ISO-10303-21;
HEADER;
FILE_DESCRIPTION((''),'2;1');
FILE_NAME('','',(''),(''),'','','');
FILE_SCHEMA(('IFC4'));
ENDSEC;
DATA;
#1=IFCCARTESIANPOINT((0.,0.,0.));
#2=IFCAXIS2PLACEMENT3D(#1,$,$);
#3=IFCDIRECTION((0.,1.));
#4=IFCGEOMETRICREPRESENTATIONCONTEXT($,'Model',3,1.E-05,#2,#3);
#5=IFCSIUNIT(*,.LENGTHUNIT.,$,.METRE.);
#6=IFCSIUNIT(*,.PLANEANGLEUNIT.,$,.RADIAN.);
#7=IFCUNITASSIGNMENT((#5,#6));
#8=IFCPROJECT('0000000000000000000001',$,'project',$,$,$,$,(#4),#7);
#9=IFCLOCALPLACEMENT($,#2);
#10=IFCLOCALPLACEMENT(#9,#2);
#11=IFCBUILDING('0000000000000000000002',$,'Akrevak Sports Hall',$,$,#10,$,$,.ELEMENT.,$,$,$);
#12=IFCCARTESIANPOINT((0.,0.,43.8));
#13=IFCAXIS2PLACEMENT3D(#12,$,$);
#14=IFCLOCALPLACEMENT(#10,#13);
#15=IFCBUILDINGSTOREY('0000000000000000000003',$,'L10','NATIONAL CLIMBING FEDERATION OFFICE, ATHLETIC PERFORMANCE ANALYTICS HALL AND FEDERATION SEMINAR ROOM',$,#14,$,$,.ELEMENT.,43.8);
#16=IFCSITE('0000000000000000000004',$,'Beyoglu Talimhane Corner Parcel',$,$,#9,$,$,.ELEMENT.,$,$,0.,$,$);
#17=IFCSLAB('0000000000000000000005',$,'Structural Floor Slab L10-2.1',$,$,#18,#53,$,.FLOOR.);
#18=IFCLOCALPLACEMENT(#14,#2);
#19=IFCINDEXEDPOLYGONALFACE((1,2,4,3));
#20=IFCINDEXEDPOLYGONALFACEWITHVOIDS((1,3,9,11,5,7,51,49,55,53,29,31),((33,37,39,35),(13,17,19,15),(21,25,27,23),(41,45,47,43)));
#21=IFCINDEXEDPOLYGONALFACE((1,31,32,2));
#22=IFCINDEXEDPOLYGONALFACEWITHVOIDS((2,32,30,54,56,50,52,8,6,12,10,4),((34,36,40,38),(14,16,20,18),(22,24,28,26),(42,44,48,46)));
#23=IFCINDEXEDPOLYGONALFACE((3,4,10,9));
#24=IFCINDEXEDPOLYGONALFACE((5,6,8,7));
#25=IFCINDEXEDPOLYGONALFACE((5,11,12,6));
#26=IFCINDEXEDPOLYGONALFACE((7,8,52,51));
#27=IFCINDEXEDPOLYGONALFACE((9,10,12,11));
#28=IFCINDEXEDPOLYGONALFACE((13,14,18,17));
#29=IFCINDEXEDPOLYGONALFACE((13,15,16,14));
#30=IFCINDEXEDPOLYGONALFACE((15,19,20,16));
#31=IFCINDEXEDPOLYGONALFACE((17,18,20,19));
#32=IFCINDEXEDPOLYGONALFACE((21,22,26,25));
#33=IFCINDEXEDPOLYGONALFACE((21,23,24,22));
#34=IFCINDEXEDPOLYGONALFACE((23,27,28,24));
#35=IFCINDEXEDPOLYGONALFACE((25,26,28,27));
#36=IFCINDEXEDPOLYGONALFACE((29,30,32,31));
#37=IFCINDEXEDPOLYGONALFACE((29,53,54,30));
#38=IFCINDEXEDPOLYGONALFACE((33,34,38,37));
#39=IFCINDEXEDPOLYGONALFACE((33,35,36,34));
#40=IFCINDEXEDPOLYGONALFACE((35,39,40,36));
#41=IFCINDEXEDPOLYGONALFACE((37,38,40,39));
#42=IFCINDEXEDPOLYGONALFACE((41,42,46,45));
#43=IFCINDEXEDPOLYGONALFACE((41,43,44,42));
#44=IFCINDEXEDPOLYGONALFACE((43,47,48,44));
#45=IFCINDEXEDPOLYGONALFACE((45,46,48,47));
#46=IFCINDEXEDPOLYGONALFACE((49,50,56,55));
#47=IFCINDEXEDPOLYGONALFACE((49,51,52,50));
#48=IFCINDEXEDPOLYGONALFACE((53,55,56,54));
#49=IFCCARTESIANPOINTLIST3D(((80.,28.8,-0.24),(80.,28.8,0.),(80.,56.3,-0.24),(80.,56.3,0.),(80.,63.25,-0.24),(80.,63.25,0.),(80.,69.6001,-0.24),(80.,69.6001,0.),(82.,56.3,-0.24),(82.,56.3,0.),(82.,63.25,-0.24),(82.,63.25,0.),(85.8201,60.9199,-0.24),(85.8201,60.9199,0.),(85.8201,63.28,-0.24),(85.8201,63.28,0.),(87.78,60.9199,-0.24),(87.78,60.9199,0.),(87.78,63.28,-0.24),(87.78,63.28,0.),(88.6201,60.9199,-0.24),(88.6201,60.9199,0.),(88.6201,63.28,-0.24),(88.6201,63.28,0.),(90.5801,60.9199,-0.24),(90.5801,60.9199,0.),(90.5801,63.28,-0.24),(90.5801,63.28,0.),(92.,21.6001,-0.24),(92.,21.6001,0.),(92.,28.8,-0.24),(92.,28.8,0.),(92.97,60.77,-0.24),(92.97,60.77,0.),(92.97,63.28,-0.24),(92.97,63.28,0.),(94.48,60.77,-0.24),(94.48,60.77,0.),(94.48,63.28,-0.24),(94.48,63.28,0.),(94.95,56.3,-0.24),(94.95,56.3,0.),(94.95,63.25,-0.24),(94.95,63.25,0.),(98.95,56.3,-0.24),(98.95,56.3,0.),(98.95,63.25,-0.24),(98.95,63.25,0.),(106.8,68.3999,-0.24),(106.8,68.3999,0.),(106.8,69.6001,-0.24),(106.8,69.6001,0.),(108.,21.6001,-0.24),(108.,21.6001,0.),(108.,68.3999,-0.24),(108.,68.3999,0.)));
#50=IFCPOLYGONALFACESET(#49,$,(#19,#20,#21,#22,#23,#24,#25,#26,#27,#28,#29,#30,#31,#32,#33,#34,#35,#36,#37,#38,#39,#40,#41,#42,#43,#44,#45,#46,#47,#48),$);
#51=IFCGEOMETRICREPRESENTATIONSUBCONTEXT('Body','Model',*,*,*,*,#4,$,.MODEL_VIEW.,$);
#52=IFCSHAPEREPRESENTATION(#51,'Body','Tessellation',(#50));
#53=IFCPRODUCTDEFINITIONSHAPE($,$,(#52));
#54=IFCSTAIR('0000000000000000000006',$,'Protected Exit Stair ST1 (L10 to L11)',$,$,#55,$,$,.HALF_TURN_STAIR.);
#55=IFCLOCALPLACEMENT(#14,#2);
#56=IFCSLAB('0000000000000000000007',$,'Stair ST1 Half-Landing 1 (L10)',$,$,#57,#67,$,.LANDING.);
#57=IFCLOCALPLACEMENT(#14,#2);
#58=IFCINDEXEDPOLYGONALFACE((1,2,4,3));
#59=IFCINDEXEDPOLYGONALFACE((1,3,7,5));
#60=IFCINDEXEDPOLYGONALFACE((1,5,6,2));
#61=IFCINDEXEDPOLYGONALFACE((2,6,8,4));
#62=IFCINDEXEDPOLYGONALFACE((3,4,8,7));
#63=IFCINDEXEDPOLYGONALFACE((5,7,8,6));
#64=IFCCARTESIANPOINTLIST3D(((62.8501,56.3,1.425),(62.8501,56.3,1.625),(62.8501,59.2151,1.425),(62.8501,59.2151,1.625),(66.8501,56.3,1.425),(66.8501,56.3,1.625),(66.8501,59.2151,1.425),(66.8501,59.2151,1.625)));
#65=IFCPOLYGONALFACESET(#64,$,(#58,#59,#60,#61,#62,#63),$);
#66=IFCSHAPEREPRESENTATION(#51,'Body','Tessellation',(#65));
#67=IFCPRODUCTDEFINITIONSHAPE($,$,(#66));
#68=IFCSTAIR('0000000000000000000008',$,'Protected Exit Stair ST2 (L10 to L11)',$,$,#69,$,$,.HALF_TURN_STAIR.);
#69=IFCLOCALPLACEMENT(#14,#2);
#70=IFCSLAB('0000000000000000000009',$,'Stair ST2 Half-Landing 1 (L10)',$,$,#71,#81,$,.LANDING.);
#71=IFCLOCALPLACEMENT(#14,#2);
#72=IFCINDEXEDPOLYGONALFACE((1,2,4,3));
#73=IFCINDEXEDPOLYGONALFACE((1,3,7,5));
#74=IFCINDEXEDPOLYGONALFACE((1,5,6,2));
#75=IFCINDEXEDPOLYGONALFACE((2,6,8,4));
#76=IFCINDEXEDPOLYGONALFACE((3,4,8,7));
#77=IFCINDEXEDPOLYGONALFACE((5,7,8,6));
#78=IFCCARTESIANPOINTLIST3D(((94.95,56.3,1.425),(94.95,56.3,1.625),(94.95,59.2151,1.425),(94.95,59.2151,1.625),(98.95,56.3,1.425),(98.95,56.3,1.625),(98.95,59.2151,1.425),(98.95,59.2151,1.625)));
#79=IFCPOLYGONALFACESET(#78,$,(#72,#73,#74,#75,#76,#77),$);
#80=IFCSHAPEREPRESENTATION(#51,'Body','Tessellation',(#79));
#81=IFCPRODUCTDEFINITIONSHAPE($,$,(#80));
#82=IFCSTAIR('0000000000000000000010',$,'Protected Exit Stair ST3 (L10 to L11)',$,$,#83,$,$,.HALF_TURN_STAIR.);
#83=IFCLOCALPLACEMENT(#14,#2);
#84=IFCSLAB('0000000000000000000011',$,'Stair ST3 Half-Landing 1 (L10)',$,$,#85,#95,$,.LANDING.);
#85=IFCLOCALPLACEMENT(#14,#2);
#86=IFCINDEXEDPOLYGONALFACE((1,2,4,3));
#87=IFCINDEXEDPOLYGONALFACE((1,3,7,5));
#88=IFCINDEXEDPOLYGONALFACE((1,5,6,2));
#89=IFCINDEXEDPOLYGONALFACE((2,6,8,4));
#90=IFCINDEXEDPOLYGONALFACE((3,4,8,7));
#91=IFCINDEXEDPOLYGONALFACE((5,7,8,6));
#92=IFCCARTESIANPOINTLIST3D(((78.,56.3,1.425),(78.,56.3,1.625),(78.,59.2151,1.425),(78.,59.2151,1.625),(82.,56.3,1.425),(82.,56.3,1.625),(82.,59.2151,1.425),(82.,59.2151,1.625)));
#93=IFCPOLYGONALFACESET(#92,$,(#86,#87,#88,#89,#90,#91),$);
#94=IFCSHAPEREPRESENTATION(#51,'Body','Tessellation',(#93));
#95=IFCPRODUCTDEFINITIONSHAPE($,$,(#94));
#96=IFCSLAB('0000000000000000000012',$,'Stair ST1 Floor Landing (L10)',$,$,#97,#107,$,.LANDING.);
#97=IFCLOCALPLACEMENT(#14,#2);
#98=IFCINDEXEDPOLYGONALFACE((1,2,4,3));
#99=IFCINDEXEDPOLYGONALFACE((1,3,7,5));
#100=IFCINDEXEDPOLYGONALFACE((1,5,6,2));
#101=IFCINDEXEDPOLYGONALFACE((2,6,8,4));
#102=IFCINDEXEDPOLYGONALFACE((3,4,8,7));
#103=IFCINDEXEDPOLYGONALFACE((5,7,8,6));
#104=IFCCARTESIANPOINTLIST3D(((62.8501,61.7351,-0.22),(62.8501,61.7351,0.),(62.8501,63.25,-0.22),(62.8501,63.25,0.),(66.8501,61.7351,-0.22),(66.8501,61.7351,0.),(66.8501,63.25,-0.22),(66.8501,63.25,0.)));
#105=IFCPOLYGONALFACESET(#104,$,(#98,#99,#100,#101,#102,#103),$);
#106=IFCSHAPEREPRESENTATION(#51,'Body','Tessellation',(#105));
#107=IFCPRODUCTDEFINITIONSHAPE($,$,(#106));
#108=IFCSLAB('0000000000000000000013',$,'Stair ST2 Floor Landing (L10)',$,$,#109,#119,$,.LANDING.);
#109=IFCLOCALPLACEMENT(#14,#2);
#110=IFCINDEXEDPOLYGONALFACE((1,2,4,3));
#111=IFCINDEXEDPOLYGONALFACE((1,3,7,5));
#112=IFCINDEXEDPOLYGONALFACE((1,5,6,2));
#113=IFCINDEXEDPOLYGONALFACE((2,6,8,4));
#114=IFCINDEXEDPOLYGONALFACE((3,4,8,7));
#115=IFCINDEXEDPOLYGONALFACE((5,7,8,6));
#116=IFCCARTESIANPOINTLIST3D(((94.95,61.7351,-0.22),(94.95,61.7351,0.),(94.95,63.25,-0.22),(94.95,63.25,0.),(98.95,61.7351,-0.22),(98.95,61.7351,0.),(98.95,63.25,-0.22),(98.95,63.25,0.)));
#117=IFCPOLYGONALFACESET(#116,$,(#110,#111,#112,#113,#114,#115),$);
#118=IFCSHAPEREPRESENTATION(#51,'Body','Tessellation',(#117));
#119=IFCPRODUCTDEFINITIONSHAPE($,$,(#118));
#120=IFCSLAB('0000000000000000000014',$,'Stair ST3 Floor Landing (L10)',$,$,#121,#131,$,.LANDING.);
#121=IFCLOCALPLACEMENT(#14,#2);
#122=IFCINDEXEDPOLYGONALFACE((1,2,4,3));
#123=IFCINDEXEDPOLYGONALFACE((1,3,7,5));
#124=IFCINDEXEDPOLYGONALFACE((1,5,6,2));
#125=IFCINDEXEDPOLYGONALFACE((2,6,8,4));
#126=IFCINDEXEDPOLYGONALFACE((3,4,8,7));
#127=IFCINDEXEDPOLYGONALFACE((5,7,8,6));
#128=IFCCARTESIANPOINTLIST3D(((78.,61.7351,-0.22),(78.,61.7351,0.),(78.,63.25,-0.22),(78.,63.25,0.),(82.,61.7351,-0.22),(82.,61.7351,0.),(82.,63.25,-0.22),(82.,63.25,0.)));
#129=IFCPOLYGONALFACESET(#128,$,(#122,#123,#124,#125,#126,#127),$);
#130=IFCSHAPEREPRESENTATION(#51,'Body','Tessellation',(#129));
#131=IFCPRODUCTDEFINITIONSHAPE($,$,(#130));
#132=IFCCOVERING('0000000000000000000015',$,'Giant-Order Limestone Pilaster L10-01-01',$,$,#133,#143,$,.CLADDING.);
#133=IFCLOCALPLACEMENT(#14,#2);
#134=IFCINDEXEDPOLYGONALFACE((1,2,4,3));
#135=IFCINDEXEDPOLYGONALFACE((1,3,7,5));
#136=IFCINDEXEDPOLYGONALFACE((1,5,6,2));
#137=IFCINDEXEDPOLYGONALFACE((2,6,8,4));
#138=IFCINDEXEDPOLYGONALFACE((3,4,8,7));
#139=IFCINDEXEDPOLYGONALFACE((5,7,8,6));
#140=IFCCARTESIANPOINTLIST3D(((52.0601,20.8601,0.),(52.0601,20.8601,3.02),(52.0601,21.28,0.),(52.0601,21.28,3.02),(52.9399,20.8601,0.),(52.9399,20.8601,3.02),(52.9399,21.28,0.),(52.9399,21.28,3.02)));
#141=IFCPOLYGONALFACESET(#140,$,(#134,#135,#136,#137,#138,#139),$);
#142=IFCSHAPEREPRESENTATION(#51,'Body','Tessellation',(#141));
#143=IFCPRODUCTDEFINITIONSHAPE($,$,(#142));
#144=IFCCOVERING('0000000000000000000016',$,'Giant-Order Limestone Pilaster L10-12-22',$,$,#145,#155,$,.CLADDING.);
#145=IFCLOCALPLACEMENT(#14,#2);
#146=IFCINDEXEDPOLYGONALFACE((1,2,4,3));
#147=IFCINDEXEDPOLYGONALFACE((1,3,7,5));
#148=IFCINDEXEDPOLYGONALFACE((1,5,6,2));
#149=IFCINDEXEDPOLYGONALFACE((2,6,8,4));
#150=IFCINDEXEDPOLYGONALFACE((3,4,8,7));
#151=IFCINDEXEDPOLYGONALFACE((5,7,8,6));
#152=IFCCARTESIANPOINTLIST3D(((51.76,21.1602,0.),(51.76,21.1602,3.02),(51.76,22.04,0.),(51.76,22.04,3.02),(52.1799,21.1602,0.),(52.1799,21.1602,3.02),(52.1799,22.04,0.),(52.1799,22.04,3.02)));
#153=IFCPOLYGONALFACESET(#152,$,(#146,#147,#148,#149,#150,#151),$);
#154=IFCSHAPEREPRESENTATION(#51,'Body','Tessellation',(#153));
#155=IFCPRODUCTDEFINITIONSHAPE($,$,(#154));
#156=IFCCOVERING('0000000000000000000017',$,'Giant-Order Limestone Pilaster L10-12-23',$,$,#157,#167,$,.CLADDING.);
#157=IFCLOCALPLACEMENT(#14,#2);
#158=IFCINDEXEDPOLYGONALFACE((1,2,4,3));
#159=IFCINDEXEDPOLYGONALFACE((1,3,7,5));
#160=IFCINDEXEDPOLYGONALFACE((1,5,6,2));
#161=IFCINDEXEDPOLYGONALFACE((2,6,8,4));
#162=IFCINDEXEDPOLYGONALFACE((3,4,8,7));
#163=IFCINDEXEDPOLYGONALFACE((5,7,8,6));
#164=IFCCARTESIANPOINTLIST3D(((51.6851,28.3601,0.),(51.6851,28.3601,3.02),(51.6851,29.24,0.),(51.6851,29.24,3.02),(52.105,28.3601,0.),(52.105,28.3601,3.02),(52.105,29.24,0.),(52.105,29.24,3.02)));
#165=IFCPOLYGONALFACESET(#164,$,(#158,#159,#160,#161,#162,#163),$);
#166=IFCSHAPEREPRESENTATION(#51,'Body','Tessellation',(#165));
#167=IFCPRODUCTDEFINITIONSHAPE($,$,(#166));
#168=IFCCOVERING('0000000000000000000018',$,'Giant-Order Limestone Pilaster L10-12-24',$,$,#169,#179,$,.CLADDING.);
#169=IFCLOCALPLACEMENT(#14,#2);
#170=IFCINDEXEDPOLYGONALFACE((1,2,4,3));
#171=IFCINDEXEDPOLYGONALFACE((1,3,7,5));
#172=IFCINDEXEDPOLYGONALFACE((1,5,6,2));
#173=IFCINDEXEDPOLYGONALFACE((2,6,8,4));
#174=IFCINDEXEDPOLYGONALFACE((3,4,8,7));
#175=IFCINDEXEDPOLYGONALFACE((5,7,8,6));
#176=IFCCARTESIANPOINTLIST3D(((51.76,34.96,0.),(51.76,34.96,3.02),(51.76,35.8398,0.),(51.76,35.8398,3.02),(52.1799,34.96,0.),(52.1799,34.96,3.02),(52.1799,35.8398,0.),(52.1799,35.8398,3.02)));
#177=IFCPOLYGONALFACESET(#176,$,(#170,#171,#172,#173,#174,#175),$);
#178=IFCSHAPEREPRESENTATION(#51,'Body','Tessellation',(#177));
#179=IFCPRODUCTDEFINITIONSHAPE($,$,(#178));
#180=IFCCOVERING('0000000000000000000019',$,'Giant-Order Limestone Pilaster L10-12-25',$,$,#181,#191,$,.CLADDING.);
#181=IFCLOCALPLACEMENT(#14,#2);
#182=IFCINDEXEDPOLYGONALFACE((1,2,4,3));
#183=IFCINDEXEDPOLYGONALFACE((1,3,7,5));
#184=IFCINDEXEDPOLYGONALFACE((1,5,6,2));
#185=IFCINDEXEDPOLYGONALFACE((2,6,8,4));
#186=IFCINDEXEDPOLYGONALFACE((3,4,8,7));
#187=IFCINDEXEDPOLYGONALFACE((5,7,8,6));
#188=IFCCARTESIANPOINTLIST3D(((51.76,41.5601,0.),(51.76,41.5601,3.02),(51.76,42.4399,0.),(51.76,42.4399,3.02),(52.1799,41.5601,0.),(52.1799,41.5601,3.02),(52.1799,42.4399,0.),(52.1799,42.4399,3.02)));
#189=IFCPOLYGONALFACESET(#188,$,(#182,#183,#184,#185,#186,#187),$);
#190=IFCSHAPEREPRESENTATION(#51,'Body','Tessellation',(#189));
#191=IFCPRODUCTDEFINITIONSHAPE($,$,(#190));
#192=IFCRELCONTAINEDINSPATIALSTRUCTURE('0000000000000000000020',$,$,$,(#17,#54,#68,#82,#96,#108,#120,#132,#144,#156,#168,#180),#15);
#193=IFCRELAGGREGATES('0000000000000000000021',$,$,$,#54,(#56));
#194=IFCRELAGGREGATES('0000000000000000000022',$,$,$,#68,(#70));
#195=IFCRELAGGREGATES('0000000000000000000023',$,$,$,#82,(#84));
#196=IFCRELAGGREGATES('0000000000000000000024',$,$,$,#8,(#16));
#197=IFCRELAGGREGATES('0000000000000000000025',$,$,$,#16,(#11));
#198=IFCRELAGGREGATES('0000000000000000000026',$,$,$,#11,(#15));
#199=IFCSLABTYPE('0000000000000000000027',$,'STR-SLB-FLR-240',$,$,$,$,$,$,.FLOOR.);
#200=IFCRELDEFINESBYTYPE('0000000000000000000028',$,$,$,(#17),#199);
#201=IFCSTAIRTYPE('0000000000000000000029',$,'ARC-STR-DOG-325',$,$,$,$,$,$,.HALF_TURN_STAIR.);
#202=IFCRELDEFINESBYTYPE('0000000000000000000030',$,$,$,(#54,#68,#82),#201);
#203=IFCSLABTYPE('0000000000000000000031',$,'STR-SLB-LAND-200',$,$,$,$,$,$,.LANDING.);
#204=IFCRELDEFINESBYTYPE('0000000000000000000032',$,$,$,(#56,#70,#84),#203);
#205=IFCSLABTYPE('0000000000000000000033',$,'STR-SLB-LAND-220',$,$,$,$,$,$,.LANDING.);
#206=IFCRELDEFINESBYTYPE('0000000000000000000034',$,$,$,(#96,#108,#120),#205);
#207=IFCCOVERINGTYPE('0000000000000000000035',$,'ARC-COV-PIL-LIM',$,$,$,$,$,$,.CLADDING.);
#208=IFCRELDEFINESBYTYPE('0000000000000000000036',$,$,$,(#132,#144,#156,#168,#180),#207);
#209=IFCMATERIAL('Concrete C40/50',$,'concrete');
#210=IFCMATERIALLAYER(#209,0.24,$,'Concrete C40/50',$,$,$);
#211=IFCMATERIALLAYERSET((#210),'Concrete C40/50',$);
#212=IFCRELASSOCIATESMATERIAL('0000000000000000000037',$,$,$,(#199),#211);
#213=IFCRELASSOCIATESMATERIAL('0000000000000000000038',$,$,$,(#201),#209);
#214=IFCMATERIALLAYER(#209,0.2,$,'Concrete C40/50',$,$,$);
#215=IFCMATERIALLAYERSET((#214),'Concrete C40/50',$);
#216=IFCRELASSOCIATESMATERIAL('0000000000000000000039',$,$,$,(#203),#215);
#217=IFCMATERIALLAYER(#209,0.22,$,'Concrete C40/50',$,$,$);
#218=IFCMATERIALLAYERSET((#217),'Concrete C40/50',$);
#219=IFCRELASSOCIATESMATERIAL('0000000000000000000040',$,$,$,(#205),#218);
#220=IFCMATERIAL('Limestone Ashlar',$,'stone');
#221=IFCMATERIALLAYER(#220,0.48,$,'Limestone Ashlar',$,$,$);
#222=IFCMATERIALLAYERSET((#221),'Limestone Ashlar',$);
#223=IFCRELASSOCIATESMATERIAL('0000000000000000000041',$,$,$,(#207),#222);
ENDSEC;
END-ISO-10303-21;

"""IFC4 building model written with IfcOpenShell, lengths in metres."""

from ifc_helpers import new_model, si_unit, direction, frame, origin, origin_2d, place, context, subcontext, project, spatial, polyline, rectangle, outline, extrude, material, layer, layer_set, type_object, element, aggregate, save


model = new_model("IFC4")

# Units and contexts
model_context = context("Model", 3, precision=1e-05, world=origin(), true_north=direction((0.0, 1.0)))
body_context = subcontext(model_context, "Body", "Model", "MODEL_VIEW")
ifc_project = project(units=[si_unit("LENGTHUNIT", "METRE"), si_unit("PLANEANGLEUNIT", "RADIAN")], contexts=[model_context])

# Site, building, storey
site_placement = place(None, origin())
site = spatial("IfcSite", under=ifc_project, at=site_placement, Name="Beyoglu Talimhane Corner Parcel", CompositionType="ELEMENT", RefElevation=0.0)
building_placement = place(site_placement, origin())
building = spatial("IfcBuilding", under=site, at=building_placement, Name="Akrevak Sports Hall", CompositionType="ELEMENT")
storey_placement = place(building_placement, frame((0.0, 0.0, 43.8)))
storey = spatial("IfcBuildingStorey", under=building, at=storey_placement, Name="L10", Description="NATIONAL CLIMBING FEDERATION OFFICE, ATHLETIC PERFORMANCE ANALYTICS HALL AND FEDERATION SEMINAR ROOM", CompositionType="ELEMENT", Elevation=43.8)

# Shared definitions
ifc_material_1 = material(Name="Concrete C40/50", Category="concrete")

# Slab
ifc_layer_1 = layer(ifc_material_1, 0.24, Name="Concrete C40/50")
ifc_layer_set_1 = layer_set([ifc_layer_1], Name="Concrete C40/50")
slab_type_1 = type_object("IfcSlabType", Name="STR-SLB-FLR-240", PredefinedType="FLOOR", material=ifc_layer_set_1)
slab_1_placement = place(storey_placement, frame((0.0, 0.0, -0.24)))
element("IfcSlab", 1, at=slab_1_placement, inside=storey, type_object=slab_type_1, Name="Structural Floor Slab L10-2.1", PredefinedType="FLOOR", context=body_context, shape_type="SweptSolid", body=[
    extrude(outline(polyline([(80.0, 69.6001), (80.0, 63.25), (82.0, 63.25), (82.0, 56.3), (80.0, 56.3), (80.0, 28.8), (92.0, 28.8), (92.0, 21.6001), (108.0, 21.6001), (108.0, 68.3999), (106.8, 68.3999), (106.8, 69.6001), (80.0, 69.6001)]), holes=[polyline([(94.95, 63.25), (98.95, 63.25), (98.95, 56.3), (94.95, 56.3), (94.95, 63.25)]), polyline([(92.97, 63.28), (94.48, 63.28), (94.48, 60.77), (92.97, 60.77), (92.97, 63.28)]), polyline([(87.78, 63.28), (87.78, 60.9199), (85.8201, 60.9199), (85.8201, 63.28), (87.78, 63.28)]), polyline([(90.5801, 63.28), (90.5801, 60.9199), (88.6201, 60.9199), (88.6201, 63.28), (90.5801, 63.28)])]), origin(), (0.0, 0.0, 1.0), 0.24),
])

# Stairs, slabs
stair_type = type_object("IfcStairType", Name="ARC-STR-DOG-325", PredefinedType="HALF_TURN_STAIR", material=ifc_material_1)
stair_1_placement = place(storey_placement, origin())
stair_1 = element("IfcStair", 2, at=stair_1_placement, inside=storey, type_object=stair_type, Name="Protected Exit Stair ST1 (L10 to L11)", PredefinedType="HALF_TURN_STAIR")
ifc_layer_2 = layer(ifc_material_1, 0.2, Name="Concrete C40/50")
ifc_layer_set_2 = layer_set([ifc_layer_2], Name="Concrete C40/50")
slab_type_2 = type_object("IfcSlabType", Name="STR-SLB-LAND-200", PredefinedType="LANDING", material=ifc_layer_set_2)
slab_2_placement = place(storey_placement, frame((0.0, 0.0, 1.425)))
slab_2 = element("IfcSlab", 3, at=slab_2_placement, type_object=slab_type_2, Name="Stair ST1 Half-Landing 1 (L10)", PredefinedType="LANDING", context=body_context, shape_type="SweptSolid", body=[
    extrude(outline(polyline([(62.8501, 56.3), (66.8501, 56.3), (66.8501, 59.2151), (62.8501, 59.2151), (62.8501, 56.3)])), origin(), (0.0, 0.0, 1.0), 0.2),
])
aggregate(stair_1, [slab_2])
stair_2_placement = place(storey_placement, origin())
stair_2 = element("IfcStair", 4, at=stair_2_placement, inside=storey, type_object=stair_type, Name="Protected Exit Stair ST2 (L10 to L11)", PredefinedType="HALF_TURN_STAIR")
slab_3_placement = place(storey_placement, frame((0.0, 0.0, 1.425)))
slab_3 = element("IfcSlab", 5, at=slab_3_placement, type_object=slab_type_2, Name="Stair ST2 Half-Landing 1 (L10)", PredefinedType="LANDING", context=body_context, shape_type="SweptSolid", body=[
    extrude(outline(polyline([(94.95, 56.3), (98.95, 56.3), (98.95, 59.2151), (94.95, 59.2151), (94.95, 56.3)])), origin(), (0.0, 0.0, 1.0), 0.2),
])
aggregate(stair_2, [slab_3])
stair_3_placement = place(storey_placement, origin())
stair_3 = element("IfcStair", 6, at=stair_3_placement, inside=storey, type_object=stair_type, Name="Protected Exit Stair ST3 (L10 to L11)", PredefinedType="HALF_TURN_STAIR")
slab_4_placement = place(storey_placement, frame((0.0, 0.0, 1.425)))
slab_4 = element("IfcSlab", 7, at=slab_4_placement, type_object=slab_type_2, Name="Stair ST3 Half-Landing 1 (L10)", PredefinedType="LANDING", context=body_context, shape_type="SweptSolid", body=[
    extrude(outline(polyline([(78.0, 56.3), (82.0, 56.3), (82.0, 59.2151), (78.0, 59.2151), (78.0, 56.3)])), origin(), (0.0, 0.0, 1.0), 0.2),
])
aggregate(stair_3, [slab_4])

# Slabs
ifc_layer_3 = layer(ifc_material_1, 0.22, Name="Concrete C40/50")
ifc_layer_set_3 = layer_set([ifc_layer_3], Name="Concrete C40/50")
slab_type_3 = type_object("IfcSlabType", Name="STR-SLB-LAND-220", PredefinedType="LANDING", material=ifc_layer_set_3)
slab_5_placement = place(storey_placement, frame((0.0, 0.0, -0.22)))
element("IfcSlab", 8, at=slab_5_placement, inside=storey, type_object=slab_type_3, Name="Stair ST1 Floor Landing (L10)", PredefinedType="LANDING", context=body_context, shape_type="SweptSolid", body=[
    extrude(outline(polyline([(62.8501, 61.7351), (66.8501, 61.7351), (66.8501, 63.25), (62.8501, 63.25), (62.8501, 61.7351)])), origin(), (0.0, 0.0, 1.0), 0.22),
])
slab_6_placement = place(storey_placement, frame((0.0, 0.0, -0.22)))
element("IfcSlab", 9, at=slab_6_placement, inside=storey, type_object=slab_type_3, Name="Stair ST2 Floor Landing (L10)", PredefinedType="LANDING", context=body_context, shape_type="SweptSolid", body=[
    extrude(outline(polyline([(94.95, 61.7351), (98.95, 61.7351), (98.95, 63.25), (94.95, 63.25), (94.95, 61.7351)])), origin(), (0.0, 0.0, 1.0), 0.22),
])
slab_7_placement = place(storey_placement, frame((0.0, 0.0, -0.22)))
element("IfcSlab", 10, at=slab_7_placement, inside=storey, type_object=slab_type_3, Name="Stair ST3 Floor Landing (L10)", PredefinedType="LANDING", context=body_context, shape_type="SweptSolid", body=[
    extrude(outline(polyline([(78.0, 61.7351), (82.0, 61.7351), (82.0, 63.25), (78.0, 63.25), (78.0, 61.7351)])), origin(), (0.0, 0.0, 1.0), 0.22),
])

# Coverings
ifc_material_2 = material(Name="Limestone Ashlar", Category="stone")
ifc_layer_4 = layer(ifc_material_2, 0.48, Name="Limestone Ashlar")
ifc_layer_set_4 = layer_set([ifc_layer_4], Name="Limestone Ashlar")
covering_type = type_object("IfcCoveringType", Name="ARC-COV-PIL-LIM", PredefinedType="CLADDING", material=ifc_layer_set_4)
for number, where, z_axis, x_axis, name in (
    (11, (52.5, 21.0701, 0.0), (0.0, 0.0, 1.0), (1.0, 0.0, 0.0), "Giant-Order Limestone Pilaster L10-01-01"),
    (12, (51.97, 21.6001, 0.0), (0.0, 0.0, 1.0), (0.0, -1.0, 0.0), "Giant-Order Limestone Pilaster L10-12-22"),
    (13, (51.895, 28.8, 0.0), (0.0, 0.0, 1.0), (0.0, -1.0, 0.0), "Giant-Order Limestone Pilaster L10-12-23"),
    (14, (51.97, 35.3999, 0.0), (0.0, 0.0, 1.0), (0.0, -1.0, 0.0), "Giant-Order Limestone Pilaster L10-12-24"),
    (15, (51.97, 42.0, 0.0), (0.0, 0.0, 1.0), (0.0, -1.0, 0.0), "Giant-Order Limestone Pilaster L10-12-25"),
):
    element("IfcCovering", number, at=place(storey_placement, frame(where, z_axis=z_axis, x_axis=x_axis)), inside=storey, type_object=covering_type, Name=name, PredefinedType="CLADDING", context=body_context, shape_type="SweptSolid", body=[
        extrude(rectangle(XDim=0.8799, YDim=0.4199, at=origin_2d()), origin(), (0.0, 0.0, 1.0), 3.02),
    ])

save(model, "model.ifc")
